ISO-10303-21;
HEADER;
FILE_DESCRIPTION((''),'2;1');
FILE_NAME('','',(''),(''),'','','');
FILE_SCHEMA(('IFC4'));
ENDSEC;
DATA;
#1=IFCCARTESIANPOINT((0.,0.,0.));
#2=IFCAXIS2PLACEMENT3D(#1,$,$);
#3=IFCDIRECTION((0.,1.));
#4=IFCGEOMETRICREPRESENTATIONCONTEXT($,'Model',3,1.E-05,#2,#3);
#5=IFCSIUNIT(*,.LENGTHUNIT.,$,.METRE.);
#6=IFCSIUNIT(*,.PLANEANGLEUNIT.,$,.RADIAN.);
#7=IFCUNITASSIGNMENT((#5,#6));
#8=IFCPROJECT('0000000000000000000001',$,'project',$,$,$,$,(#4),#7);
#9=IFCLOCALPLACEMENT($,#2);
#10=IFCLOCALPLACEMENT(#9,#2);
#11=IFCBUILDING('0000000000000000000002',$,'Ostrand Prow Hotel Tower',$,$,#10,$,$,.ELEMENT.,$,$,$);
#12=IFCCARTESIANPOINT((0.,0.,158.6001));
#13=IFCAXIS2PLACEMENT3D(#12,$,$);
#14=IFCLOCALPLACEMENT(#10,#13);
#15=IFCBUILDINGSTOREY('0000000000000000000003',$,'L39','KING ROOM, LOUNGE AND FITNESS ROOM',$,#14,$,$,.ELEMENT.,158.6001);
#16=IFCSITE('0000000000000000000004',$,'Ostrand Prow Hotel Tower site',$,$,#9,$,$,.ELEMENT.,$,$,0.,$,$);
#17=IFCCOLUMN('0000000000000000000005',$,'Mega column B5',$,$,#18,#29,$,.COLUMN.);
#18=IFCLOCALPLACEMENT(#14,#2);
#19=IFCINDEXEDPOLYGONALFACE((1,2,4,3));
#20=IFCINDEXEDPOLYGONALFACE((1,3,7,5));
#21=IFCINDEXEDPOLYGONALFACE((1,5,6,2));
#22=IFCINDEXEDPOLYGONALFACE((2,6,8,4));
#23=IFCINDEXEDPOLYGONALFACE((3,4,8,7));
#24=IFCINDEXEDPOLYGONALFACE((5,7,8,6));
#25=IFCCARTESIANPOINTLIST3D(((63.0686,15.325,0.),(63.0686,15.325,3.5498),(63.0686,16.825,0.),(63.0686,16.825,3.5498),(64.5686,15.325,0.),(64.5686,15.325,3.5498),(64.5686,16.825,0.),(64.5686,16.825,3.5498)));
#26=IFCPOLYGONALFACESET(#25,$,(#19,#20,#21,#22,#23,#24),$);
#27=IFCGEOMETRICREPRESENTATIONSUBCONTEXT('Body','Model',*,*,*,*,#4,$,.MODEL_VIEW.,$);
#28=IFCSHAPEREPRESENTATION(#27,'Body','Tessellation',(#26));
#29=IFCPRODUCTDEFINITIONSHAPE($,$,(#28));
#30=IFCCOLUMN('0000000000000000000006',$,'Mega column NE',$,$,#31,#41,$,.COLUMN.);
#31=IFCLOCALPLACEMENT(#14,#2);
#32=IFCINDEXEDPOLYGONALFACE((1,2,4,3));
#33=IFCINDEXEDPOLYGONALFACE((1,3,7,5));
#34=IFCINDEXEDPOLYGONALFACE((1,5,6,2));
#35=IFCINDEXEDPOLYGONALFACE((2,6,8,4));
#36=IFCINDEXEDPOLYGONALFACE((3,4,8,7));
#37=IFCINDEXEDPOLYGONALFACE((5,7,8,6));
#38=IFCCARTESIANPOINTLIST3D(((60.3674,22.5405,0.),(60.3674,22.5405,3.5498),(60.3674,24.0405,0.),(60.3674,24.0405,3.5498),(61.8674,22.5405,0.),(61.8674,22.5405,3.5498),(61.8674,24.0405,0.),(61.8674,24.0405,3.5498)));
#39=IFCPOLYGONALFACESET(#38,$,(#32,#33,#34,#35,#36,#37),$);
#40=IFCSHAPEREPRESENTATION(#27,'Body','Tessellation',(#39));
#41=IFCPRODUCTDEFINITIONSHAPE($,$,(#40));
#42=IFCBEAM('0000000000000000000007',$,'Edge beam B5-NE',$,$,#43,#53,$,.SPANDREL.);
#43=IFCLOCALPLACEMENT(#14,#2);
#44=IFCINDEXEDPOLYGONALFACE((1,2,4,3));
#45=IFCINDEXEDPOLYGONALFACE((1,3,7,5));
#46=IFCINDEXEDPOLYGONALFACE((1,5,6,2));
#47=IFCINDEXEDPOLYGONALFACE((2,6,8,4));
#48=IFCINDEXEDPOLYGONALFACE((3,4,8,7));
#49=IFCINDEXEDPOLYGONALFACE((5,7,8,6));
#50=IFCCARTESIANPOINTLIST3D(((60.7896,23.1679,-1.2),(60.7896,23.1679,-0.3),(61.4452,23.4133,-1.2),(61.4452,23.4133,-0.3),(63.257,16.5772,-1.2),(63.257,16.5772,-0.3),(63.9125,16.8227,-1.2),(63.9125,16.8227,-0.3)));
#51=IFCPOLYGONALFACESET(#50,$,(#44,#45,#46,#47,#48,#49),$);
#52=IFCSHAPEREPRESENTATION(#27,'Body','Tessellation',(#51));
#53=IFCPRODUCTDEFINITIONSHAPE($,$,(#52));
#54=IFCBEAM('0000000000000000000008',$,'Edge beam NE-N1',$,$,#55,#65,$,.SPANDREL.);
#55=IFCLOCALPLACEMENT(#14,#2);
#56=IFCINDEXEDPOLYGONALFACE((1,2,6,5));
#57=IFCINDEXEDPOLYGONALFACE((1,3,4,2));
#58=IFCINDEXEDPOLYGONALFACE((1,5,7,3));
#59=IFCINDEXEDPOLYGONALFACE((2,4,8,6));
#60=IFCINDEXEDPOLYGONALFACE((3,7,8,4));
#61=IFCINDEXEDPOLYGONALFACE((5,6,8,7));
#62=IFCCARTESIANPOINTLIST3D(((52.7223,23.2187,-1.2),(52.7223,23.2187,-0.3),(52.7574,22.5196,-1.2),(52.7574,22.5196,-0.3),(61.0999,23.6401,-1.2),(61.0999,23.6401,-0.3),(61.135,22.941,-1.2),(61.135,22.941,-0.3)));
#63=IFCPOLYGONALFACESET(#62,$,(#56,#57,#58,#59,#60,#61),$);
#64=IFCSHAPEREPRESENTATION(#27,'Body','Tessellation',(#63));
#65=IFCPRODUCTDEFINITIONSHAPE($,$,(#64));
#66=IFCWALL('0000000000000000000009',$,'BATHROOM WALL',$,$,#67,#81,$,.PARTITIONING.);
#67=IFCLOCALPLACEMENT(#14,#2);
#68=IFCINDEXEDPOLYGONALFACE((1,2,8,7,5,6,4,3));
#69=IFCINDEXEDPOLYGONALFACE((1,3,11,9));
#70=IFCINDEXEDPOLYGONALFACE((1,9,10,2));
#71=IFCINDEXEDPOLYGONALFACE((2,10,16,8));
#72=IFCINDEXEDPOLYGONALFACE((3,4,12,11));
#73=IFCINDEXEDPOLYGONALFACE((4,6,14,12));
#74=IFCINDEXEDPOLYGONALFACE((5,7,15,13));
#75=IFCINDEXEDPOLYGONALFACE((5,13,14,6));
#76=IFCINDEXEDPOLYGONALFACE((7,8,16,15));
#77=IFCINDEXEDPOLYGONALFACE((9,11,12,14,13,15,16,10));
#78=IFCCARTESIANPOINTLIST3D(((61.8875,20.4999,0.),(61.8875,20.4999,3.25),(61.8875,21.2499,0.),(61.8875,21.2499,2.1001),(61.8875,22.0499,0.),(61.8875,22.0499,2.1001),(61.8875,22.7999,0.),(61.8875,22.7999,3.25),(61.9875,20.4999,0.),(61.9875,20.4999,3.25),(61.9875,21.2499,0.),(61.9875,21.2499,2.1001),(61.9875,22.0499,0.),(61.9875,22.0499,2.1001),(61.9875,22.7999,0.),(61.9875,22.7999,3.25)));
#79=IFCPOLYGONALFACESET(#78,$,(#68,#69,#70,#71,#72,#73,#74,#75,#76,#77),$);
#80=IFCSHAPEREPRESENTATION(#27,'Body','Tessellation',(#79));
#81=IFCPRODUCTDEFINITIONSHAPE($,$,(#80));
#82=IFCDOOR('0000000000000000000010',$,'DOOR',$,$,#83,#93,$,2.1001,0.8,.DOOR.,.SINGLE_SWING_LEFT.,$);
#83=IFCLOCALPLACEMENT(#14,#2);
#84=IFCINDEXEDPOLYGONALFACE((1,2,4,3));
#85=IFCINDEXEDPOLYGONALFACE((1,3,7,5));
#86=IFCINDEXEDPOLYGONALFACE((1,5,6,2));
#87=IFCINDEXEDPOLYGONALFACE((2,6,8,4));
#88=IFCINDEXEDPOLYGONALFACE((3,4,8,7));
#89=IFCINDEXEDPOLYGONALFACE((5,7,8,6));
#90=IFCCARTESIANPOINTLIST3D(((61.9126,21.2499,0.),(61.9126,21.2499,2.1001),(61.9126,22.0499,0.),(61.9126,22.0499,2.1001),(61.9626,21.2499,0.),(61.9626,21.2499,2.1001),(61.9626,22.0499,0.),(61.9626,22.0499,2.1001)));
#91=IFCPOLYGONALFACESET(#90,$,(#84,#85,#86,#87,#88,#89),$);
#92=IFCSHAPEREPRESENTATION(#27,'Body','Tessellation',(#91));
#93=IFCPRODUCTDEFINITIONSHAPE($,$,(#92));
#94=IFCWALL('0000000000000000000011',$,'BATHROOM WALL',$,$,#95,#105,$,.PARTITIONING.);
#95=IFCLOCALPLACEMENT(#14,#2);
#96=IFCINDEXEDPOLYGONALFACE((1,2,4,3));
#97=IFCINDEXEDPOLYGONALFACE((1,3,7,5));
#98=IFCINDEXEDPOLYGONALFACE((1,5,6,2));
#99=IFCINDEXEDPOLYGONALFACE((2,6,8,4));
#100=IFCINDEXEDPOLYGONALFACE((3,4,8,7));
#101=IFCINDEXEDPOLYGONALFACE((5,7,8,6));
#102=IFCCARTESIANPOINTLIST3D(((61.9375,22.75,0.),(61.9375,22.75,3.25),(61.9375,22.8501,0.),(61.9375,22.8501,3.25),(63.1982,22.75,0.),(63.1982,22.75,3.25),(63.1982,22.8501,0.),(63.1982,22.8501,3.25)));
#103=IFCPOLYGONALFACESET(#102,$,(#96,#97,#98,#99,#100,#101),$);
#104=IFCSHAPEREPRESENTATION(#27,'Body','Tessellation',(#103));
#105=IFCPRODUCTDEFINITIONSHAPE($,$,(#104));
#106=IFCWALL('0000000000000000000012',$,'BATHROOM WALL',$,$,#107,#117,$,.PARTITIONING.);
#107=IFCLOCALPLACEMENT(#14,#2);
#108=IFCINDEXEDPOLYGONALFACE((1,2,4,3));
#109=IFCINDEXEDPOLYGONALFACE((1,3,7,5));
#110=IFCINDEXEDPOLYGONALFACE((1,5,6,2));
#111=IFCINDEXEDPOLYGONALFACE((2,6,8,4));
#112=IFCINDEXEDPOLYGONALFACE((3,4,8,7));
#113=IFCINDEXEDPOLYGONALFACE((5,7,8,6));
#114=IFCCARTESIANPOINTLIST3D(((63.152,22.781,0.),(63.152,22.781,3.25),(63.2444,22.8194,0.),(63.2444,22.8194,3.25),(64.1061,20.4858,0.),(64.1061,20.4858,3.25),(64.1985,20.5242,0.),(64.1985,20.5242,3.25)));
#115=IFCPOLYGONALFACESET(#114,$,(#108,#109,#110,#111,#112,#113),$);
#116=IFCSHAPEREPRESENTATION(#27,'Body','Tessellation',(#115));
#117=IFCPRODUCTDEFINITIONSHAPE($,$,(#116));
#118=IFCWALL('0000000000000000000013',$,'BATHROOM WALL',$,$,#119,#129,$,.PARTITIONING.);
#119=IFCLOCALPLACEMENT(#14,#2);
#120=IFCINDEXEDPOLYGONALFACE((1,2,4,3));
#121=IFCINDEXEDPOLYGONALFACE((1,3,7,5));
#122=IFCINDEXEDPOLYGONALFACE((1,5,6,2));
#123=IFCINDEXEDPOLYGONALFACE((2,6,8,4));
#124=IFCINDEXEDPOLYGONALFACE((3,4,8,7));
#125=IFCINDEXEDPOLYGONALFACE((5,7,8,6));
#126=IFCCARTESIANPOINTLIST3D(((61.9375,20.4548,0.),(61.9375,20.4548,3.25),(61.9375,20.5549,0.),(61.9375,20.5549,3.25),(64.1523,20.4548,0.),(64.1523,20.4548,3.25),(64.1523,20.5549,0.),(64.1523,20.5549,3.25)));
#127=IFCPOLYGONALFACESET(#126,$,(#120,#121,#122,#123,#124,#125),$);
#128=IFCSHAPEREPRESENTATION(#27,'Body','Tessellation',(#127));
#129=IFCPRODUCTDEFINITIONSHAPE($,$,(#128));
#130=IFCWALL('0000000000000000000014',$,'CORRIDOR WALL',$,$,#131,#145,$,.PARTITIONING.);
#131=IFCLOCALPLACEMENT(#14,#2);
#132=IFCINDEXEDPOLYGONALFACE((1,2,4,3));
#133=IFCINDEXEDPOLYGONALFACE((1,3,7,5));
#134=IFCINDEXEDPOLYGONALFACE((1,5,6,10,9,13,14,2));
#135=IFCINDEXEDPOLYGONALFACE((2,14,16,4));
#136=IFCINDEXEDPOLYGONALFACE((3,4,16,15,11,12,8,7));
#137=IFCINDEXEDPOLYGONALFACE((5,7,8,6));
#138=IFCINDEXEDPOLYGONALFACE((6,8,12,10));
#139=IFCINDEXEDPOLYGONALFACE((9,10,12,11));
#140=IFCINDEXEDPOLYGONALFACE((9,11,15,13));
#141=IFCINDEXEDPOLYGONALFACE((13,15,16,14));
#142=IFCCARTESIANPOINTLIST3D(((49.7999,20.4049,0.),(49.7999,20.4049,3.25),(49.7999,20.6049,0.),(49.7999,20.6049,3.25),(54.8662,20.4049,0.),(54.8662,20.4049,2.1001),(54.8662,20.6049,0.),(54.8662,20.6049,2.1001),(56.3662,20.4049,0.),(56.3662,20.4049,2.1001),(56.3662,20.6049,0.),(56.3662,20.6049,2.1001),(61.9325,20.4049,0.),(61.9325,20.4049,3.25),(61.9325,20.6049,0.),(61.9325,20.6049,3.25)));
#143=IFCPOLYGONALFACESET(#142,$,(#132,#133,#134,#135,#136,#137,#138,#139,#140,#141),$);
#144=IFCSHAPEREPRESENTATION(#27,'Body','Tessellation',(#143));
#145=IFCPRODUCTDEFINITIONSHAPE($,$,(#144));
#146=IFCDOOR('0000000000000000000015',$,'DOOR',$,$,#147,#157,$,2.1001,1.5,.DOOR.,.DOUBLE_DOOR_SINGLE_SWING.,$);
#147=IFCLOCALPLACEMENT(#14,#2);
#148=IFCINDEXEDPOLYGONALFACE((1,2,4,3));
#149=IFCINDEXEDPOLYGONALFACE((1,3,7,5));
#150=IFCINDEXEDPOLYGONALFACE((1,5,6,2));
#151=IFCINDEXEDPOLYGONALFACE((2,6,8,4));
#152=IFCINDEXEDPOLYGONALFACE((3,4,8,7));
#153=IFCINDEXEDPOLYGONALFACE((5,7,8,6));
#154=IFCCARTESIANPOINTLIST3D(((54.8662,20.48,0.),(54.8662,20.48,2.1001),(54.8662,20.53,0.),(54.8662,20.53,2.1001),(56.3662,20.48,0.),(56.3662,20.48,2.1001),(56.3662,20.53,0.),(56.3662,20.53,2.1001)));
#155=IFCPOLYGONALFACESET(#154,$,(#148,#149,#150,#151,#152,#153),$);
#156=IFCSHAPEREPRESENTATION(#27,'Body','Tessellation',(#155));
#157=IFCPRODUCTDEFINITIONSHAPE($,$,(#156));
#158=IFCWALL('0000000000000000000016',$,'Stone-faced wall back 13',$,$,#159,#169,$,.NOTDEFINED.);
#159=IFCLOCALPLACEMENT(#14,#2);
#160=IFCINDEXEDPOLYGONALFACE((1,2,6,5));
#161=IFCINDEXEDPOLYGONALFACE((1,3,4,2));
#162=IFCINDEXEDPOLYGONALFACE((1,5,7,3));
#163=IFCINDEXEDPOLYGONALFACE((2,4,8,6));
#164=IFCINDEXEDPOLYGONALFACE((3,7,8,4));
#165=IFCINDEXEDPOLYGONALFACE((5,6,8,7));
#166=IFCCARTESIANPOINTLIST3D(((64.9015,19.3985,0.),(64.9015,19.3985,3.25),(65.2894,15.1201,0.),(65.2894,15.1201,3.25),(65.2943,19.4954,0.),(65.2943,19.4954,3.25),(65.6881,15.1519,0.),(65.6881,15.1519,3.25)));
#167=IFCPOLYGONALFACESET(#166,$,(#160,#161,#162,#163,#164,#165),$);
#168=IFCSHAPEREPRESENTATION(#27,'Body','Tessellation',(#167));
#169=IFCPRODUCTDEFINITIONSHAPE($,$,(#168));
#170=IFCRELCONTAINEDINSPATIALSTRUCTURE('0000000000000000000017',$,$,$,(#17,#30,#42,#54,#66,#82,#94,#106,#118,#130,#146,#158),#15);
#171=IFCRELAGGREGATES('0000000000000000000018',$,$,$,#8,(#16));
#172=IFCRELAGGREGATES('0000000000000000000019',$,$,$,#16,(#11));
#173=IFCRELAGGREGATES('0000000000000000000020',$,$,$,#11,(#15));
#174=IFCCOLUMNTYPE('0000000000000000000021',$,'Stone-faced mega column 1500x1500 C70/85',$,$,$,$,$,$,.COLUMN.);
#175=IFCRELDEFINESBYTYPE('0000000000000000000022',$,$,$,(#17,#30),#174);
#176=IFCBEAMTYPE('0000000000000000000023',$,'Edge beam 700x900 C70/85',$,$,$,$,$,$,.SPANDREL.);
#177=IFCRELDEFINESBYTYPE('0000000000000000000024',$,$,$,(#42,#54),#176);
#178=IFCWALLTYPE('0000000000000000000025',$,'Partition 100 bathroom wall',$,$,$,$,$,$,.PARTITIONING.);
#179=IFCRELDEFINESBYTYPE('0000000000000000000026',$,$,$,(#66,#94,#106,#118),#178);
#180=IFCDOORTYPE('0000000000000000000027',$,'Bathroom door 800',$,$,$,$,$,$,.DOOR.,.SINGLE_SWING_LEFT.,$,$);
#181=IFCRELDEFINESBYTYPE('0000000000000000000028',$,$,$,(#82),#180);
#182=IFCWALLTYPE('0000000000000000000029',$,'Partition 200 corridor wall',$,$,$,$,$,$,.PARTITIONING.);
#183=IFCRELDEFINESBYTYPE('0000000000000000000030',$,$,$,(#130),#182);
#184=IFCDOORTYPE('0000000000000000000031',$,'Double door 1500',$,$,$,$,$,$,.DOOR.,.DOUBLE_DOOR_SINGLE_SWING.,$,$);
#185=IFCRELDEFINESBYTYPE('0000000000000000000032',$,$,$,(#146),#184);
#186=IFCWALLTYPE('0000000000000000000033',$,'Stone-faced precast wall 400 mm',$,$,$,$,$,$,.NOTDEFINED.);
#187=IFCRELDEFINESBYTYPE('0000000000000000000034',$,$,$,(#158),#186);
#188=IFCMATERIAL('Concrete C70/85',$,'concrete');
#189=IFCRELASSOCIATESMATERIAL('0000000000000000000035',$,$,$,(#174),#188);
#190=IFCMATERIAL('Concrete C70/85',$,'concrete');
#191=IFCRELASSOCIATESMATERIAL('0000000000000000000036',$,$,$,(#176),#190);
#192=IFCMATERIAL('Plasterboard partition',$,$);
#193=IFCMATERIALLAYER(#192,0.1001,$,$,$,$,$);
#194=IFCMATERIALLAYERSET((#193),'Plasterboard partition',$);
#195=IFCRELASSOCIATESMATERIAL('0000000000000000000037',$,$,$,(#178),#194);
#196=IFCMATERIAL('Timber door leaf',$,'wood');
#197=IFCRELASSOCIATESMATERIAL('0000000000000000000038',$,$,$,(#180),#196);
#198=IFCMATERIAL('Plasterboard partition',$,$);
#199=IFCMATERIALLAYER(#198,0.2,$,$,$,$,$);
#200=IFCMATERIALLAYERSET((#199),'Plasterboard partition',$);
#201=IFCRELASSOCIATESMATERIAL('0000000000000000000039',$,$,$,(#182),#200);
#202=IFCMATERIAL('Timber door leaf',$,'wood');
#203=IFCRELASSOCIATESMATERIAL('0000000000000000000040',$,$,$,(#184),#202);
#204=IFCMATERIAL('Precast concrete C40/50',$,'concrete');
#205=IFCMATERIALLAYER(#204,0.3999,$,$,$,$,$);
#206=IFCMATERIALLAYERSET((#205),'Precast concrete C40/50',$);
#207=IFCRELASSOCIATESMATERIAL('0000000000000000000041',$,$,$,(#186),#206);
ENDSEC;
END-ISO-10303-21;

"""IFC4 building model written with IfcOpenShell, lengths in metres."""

from ifc_helpers import new_model, si_unit, direction, frame, frame_2d, origin, origin_2d, place, context, subcontext, project, spatial, polyline, rectangle, outline, extrude, material, layer, layer_set, material_profile, profile_set, type_object, element, fill, save


model = new_model("IFC4")

# Units and contexts
model_context = context("Model", 3, precision=1e-05, world=origin(), true_north=direction((0.0, 1.0)))
body_context = subcontext(model_context, "Body", "Model", "MODEL_VIEW")
ifc_project = project(units=[si_unit("LENGTHUNIT", "METRE"), si_unit("PLANEANGLEUNIT", "RADIAN")], contexts=[model_context])

# Site, building, storey
site_placement = place(None, origin())
site = spatial("IfcSite", under=ifc_project, at=site_placement, Name="Ostrand Prow Hotel Tower site", CompositionType="ELEMENT", RefElevation=0.0)
building_placement = place(site_placement, origin())
building = spatial("IfcBuilding", under=site, at=building_placement, Name="Ostrand Prow Hotel Tower", CompositionType="ELEMENT")
storey_placement = place(building_placement, frame((0.0, 0.0, 158.6001)))
storey = spatial("IfcBuildingStorey", under=building, at=storey_placement, Name="L39", Description="KING ROOM, LOUNGE AND FITNESS ROOM", CompositionType="ELEMENT", Elevation=158.6001)

# Columns
ifc_material_1 = material(Name="Concrete C70/85", Category="concrete")
ifc_material_profile_1 = material_profile(ifc_material_1, rectangle(XDim=1.5, YDim=1.5, at=origin_2d()), Name="RC 1500x1500")
ifc_profile_set_1 = profile_set([ifc_material_profile_1], Name="Concrete C70/85")
column_type = type_object("IfcColumnType", Name="Stone-faced mega column 1500x1500 C70/85", PredefinedType="COLUMN", material=ifc_profile_set_1)
for number, where, z_axis, x_axis, name in (
    (1, (63.8186, 16.075, 0.0), (0.0, 0.0, 1.0), (1.0, 0.0, 0.0), "Mega column B5"),
    (2, (61.1174, 23.2905, 0.0), (0.0, 0.0, 1.0), (1.0, 0.0, 0.0), "Mega column NE"),
):
    element("IfcColumn", number, at=place(storey_placement, frame(where, z_axis=z_axis, x_axis=x_axis)), inside=storey, type_object=column_type, Name=name, PredefinedType="COLUMN", context=body_context, shape_type="SweptSolid", body=[
        extrude(rectangle(XDim=1.5, YDim=1.5, at=origin_2d()), origin(), (0.0, 0.0, 1.0), 3.5498),
    ])

# Beams
ifc_material_2 = material(Name="Concrete C70/85", Category="concrete")
ifc_material_profile_2 = material_profile(ifc_material_2, rectangle(XDim=0.7, YDim=0.8999, at=origin_2d()), Name="RC 700x900")
ifc_profile_set_2 = profile_set([ifc_material_profile_2], Name="Concrete C70/85")
beam_type = type_object("IfcBeamType", Name="Edge beam 700x900 C70/85", PredefinedType="SPANDREL", material=ifc_profile_set_2)
beam_1_placement = place(storey_placement, frame((63.5847, 16.7, -0.75), z_axis=(-0.350603, 0.936524, 0.0), x_axis=(-0.936524, -0.350603, 0.0)))
element("IfcBeam", 3, at=beam_1_placement, inside=storey, type_object=beam_type, Name="Edge beam B5-NE", PredefinedType="SPANDREL", context=body_context, shape_type="SweptSolid", body=[
    extrude(rectangle(XDim=0.7, YDim=0.8999, at=origin_2d()), origin(), (0.0, 0.0, 1.0), 7.0374),
])
beam_2_placement = place(storey_placement, frame((61.1174, 23.2905, -0.75), z_axis=(-0.998737, -0.050235, 0.0), x_axis=(0.050235, -0.998737, 0.0)))
element("IfcBeam", 4, at=beam_2_placement, inside=storey, type_object=beam_type, Name="Edge beam NE-N1", PredefinedType="SPANDREL", context=body_context, shape_type="SweptSolid", body=[
    extrude(rectangle(XDim=0.7, YDim=0.8999, at=origin_2d()), origin(), (0.0, 0.0, 1.0), 8.3882),
])

# Wall, opening, door
ifc_material_3 = material(Name="Plasterboard partition")
ifc_layer_1 = layer(ifc_material_3, 0.1001)
ifc_layer_set_1 = layer_set([ifc_layer_1], Name="Plasterboard partition")
wall_type_1 = type_object("IfcWallType", Name="Partition 100 bathroom wall", PredefinedType="PARTITIONING", material=ifc_layer_set_1)
wall_1_placement = place(storey_placement, frame((61.9375, 20.5, 0.0), z_axis=(0.0, 0.0, 1.0), x_axis=(0.0, 1.0, 0.0)))
wall_1 = element("IfcWall", 5, at=wall_1_placement, inside=storey, type_object=wall_type_1, Name="BATHROOM WALL", PredefinedType="PARTITIONING", context=body_context, shape_type="SweptSolid", body=[
    extrude(rectangle(XDim=2.3, YDim=0.1001, at=frame_2d((1.1499, 0.0))), origin(), (0.0, 0.0, 1.0), 3.25),
])
opening_1_placement = place(wall_1_placement, frame((0.75, 0.0, 0.0)))
opening_1 = element("IfcOpeningElement", 6, at=opening_1_placement, cuts=wall_1, PredefinedType="OPENING", context=body_context, shape_type="SweptSolid", body=[
    extrude(rectangle(XDim=0.8, YDim=2.1001, at=frame_2d((0.3999, 1.05))), frame((0.0, 0.0601, 0.0), z_axis=(0.0, -1.0, 0.0), x_axis=(1.0, 0.0, 0.0)), (0.0, 0.0, 1.0), 0.1201),
])
ifc_material_4 = material(Name="Timber door leaf", Category="wood")
door_type_1 = type_object("IfcDoorType", Name="Bathroom door 800", OperationType="SINGLE_SWING_LEFT", PredefinedType="DOOR", material=ifc_material_4)
door_1_placement = place(opening_1_placement, origin())
door_1 = element("IfcDoor", 7, at=door_1_placement, inside=storey, type_object=door_type_1, Name="DOOR", OperationType="SINGLE_SWING_LEFT", OverallHeight=2.1001, OverallWidth=0.8, PredefinedType="DOOR", context=body_context, shape_type="SweptSolid", body=[
    extrude(rectangle(XDim=0.8, YDim=2.1001, at=frame_2d((0.3999, 1.05))), frame((0.0, 0.0249, 0.0), z_axis=(0.0, -1.0, 0.0), x_axis=(1.0, 0.0, 0.0)), (0.0, 0.0, 1.0), 0.05),
])
fill(opening_1, door_1)

# Walls
wall_2_placement = place(storey_placement, frame((61.9375, 22.8, 0.0), z_axis=(0.0, 0.0, 1.0), x_axis=(1.0, 0.0, 0.0)))
element("IfcWall", 8, at=wall_2_placement, inside=storey, type_object=wall_type_1, Name="BATHROOM WALL", PredefinedType="PARTITIONING", context=body_context, shape_type="SweptSolid", body=[
    extrude(rectangle(XDim=1.2607, YDim=0.1001, at=frame_2d((0.6304, 0.0))), origin(), (0.0, 0.0, 1.0), 3.25),
])
wall_3_placement = place(storey_placement, frame((63.1982, 22.8, 0.0), z_axis=(0.0, 0.0, 1.0), x_axis=(0.383855, -0.923393, 0.0)))
element("IfcWall", 9, at=wall_3_placement, inside=storey, type_object=wall_type_1, Name="BATHROOM WALL", PredefinedType="PARTITIONING", context=body_context, shape_type="SweptSolid", body=[
    extrude(rectangle(XDim=2.4856, YDim=0.1001, at=frame_2d((1.2427, 0.0))), origin(), (0.0, 0.0, 1.0), 3.25),
])
wall_4_placement = place(storey_placement, frame((64.1523, 20.5049, 0.0), z_axis=(0.0, 0.0, 1.0), x_axis=(-1.0, 0.0, 0.0)))
element("IfcWall", 10, at=wall_4_placement, inside=storey, type_object=wall_type_1, Name="BATHROOM WALL", PredefinedType="PARTITIONING", context=body_context, shape_type="SweptSolid", body=[
    extrude(rectangle(XDim=2.2148, YDim=0.1001, at=frame_2d((1.1074, 0.0))), origin(), (0.0, 0.0, 1.0), 3.25),
])

# Wall, opening, door
ifc_material_5 = material(Name="Plasterboard partition")
ifc_layer_2 = layer(ifc_material_5, 0.2)
ifc_layer_set_2 = layer_set([ifc_layer_2], Name="Plasterboard partition")
wall_type_2 = type_object("IfcWallType", Name="Partition 200 corridor wall", PredefinedType="PARTITIONING", material=ifc_layer_set_2)
wall_5_placement = place(storey_placement, frame((61.9326, 20.5049, 0.0), z_axis=(0.0, 0.0, 1.0), x_axis=(-1.0, 0.0, 0.0)))
wall_5 = element("IfcWall", 11, at=wall_5_placement, inside=storey, type_object=wall_type_2, Name="CORRIDOR WALL", PredefinedType="PARTITIONING", context=body_context, shape_type="SweptSolid", body=[
    extrude(rectangle(XDim=12.1326, YDim=0.2, at=frame_2d((6.0664, 0.0))), origin(), (0.0, 0.0, 1.0), 3.25),
])
opening_2_placement = place(wall_5_placement, frame((5.5664, 0.0, 0.0)))
opening_2 = element("IfcOpeningElement", 12, at=opening_2_placement, cuts=wall_5, PredefinedType="OPENING", context=body_context, shape_type="SweptSolid", body=[
    extrude(rectangle(XDim=1.5, YDim=2.1001, at=frame_2d((0.75, 1.05))), frame((0.0, 0.1099, 0.0), z_axis=(0.0, -1.0, 0.0), x_axis=(1.0, 0.0, 0.0)), (0.0, 0.0, 1.0), 0.22),
])
ifc_material_6 = material(Name="Timber door leaf", Category="wood")
door_type_2 = type_object("IfcDoorType", Name="Double door 1500", OperationType="DOUBLE_DOOR_SINGLE_SWING", PredefinedType="DOOR", material=ifc_material_6)
door_2_placement = place(opening_2_placement, origin())
door_2 = element("IfcDoor", 13, at=door_2_placement, inside=storey, type_object=door_type_2, Name="DOOR", OperationType="DOUBLE_DOOR_SINGLE_SWING", OverallHeight=2.1001, OverallWidth=1.5, PredefinedType="DOOR", context=body_context, shape_type="SweptSolid", body=[
    extrude(rectangle(XDim=1.5, YDim=2.1001, at=frame_2d((0.75, 1.05))), frame((0.0, 0.0249, 0.0), z_axis=(0.0, -1.0, 0.0), x_axis=(1.0, 0.0, 0.0)), (0.0, 0.0, 1.0), 0.05),
])
fill(opening_2, door_2)

# Wall
ifc_material_7 = material(Name="Precast concrete C40/50", Category="concrete")
ifc_layer_3 = layer(ifc_material_7, 0.3999)
ifc_layer_set_3 = layer_set([ifc_layer_3], Name="Precast concrete C40/50")
wall_type_3 = type_object("IfcWallType", Name="Stone-faced precast wall 400 mm", PredefinedType="NOTDEFINED", material=ifc_layer_set_3)
wall_6_placement = place(storey_placement, frame((65.4888, 15.136, 0.0), z_axis=(0.0, 0.0, 1.0), x_axis=(-0.090297, 0.995915, 0.0)))
element("IfcWall", 14, at=wall_6_placement, inside=storey, type_object=wall_type_3, Name="Stone-faced wall back 13", PredefinedType="NOTDEFINED", context=body_context, shape_type="SweptSolid", body=[
    extrude(outline(polyline([(-0.0022, -0.2), (4.3591, -0.2), (4.2981, 0.2), (0.0022, 0.2), (-0.0022, -0.2)])), origin(), (0.0, 0.0, 1.0), 3.25),
])

save(model, "model.ifc")
